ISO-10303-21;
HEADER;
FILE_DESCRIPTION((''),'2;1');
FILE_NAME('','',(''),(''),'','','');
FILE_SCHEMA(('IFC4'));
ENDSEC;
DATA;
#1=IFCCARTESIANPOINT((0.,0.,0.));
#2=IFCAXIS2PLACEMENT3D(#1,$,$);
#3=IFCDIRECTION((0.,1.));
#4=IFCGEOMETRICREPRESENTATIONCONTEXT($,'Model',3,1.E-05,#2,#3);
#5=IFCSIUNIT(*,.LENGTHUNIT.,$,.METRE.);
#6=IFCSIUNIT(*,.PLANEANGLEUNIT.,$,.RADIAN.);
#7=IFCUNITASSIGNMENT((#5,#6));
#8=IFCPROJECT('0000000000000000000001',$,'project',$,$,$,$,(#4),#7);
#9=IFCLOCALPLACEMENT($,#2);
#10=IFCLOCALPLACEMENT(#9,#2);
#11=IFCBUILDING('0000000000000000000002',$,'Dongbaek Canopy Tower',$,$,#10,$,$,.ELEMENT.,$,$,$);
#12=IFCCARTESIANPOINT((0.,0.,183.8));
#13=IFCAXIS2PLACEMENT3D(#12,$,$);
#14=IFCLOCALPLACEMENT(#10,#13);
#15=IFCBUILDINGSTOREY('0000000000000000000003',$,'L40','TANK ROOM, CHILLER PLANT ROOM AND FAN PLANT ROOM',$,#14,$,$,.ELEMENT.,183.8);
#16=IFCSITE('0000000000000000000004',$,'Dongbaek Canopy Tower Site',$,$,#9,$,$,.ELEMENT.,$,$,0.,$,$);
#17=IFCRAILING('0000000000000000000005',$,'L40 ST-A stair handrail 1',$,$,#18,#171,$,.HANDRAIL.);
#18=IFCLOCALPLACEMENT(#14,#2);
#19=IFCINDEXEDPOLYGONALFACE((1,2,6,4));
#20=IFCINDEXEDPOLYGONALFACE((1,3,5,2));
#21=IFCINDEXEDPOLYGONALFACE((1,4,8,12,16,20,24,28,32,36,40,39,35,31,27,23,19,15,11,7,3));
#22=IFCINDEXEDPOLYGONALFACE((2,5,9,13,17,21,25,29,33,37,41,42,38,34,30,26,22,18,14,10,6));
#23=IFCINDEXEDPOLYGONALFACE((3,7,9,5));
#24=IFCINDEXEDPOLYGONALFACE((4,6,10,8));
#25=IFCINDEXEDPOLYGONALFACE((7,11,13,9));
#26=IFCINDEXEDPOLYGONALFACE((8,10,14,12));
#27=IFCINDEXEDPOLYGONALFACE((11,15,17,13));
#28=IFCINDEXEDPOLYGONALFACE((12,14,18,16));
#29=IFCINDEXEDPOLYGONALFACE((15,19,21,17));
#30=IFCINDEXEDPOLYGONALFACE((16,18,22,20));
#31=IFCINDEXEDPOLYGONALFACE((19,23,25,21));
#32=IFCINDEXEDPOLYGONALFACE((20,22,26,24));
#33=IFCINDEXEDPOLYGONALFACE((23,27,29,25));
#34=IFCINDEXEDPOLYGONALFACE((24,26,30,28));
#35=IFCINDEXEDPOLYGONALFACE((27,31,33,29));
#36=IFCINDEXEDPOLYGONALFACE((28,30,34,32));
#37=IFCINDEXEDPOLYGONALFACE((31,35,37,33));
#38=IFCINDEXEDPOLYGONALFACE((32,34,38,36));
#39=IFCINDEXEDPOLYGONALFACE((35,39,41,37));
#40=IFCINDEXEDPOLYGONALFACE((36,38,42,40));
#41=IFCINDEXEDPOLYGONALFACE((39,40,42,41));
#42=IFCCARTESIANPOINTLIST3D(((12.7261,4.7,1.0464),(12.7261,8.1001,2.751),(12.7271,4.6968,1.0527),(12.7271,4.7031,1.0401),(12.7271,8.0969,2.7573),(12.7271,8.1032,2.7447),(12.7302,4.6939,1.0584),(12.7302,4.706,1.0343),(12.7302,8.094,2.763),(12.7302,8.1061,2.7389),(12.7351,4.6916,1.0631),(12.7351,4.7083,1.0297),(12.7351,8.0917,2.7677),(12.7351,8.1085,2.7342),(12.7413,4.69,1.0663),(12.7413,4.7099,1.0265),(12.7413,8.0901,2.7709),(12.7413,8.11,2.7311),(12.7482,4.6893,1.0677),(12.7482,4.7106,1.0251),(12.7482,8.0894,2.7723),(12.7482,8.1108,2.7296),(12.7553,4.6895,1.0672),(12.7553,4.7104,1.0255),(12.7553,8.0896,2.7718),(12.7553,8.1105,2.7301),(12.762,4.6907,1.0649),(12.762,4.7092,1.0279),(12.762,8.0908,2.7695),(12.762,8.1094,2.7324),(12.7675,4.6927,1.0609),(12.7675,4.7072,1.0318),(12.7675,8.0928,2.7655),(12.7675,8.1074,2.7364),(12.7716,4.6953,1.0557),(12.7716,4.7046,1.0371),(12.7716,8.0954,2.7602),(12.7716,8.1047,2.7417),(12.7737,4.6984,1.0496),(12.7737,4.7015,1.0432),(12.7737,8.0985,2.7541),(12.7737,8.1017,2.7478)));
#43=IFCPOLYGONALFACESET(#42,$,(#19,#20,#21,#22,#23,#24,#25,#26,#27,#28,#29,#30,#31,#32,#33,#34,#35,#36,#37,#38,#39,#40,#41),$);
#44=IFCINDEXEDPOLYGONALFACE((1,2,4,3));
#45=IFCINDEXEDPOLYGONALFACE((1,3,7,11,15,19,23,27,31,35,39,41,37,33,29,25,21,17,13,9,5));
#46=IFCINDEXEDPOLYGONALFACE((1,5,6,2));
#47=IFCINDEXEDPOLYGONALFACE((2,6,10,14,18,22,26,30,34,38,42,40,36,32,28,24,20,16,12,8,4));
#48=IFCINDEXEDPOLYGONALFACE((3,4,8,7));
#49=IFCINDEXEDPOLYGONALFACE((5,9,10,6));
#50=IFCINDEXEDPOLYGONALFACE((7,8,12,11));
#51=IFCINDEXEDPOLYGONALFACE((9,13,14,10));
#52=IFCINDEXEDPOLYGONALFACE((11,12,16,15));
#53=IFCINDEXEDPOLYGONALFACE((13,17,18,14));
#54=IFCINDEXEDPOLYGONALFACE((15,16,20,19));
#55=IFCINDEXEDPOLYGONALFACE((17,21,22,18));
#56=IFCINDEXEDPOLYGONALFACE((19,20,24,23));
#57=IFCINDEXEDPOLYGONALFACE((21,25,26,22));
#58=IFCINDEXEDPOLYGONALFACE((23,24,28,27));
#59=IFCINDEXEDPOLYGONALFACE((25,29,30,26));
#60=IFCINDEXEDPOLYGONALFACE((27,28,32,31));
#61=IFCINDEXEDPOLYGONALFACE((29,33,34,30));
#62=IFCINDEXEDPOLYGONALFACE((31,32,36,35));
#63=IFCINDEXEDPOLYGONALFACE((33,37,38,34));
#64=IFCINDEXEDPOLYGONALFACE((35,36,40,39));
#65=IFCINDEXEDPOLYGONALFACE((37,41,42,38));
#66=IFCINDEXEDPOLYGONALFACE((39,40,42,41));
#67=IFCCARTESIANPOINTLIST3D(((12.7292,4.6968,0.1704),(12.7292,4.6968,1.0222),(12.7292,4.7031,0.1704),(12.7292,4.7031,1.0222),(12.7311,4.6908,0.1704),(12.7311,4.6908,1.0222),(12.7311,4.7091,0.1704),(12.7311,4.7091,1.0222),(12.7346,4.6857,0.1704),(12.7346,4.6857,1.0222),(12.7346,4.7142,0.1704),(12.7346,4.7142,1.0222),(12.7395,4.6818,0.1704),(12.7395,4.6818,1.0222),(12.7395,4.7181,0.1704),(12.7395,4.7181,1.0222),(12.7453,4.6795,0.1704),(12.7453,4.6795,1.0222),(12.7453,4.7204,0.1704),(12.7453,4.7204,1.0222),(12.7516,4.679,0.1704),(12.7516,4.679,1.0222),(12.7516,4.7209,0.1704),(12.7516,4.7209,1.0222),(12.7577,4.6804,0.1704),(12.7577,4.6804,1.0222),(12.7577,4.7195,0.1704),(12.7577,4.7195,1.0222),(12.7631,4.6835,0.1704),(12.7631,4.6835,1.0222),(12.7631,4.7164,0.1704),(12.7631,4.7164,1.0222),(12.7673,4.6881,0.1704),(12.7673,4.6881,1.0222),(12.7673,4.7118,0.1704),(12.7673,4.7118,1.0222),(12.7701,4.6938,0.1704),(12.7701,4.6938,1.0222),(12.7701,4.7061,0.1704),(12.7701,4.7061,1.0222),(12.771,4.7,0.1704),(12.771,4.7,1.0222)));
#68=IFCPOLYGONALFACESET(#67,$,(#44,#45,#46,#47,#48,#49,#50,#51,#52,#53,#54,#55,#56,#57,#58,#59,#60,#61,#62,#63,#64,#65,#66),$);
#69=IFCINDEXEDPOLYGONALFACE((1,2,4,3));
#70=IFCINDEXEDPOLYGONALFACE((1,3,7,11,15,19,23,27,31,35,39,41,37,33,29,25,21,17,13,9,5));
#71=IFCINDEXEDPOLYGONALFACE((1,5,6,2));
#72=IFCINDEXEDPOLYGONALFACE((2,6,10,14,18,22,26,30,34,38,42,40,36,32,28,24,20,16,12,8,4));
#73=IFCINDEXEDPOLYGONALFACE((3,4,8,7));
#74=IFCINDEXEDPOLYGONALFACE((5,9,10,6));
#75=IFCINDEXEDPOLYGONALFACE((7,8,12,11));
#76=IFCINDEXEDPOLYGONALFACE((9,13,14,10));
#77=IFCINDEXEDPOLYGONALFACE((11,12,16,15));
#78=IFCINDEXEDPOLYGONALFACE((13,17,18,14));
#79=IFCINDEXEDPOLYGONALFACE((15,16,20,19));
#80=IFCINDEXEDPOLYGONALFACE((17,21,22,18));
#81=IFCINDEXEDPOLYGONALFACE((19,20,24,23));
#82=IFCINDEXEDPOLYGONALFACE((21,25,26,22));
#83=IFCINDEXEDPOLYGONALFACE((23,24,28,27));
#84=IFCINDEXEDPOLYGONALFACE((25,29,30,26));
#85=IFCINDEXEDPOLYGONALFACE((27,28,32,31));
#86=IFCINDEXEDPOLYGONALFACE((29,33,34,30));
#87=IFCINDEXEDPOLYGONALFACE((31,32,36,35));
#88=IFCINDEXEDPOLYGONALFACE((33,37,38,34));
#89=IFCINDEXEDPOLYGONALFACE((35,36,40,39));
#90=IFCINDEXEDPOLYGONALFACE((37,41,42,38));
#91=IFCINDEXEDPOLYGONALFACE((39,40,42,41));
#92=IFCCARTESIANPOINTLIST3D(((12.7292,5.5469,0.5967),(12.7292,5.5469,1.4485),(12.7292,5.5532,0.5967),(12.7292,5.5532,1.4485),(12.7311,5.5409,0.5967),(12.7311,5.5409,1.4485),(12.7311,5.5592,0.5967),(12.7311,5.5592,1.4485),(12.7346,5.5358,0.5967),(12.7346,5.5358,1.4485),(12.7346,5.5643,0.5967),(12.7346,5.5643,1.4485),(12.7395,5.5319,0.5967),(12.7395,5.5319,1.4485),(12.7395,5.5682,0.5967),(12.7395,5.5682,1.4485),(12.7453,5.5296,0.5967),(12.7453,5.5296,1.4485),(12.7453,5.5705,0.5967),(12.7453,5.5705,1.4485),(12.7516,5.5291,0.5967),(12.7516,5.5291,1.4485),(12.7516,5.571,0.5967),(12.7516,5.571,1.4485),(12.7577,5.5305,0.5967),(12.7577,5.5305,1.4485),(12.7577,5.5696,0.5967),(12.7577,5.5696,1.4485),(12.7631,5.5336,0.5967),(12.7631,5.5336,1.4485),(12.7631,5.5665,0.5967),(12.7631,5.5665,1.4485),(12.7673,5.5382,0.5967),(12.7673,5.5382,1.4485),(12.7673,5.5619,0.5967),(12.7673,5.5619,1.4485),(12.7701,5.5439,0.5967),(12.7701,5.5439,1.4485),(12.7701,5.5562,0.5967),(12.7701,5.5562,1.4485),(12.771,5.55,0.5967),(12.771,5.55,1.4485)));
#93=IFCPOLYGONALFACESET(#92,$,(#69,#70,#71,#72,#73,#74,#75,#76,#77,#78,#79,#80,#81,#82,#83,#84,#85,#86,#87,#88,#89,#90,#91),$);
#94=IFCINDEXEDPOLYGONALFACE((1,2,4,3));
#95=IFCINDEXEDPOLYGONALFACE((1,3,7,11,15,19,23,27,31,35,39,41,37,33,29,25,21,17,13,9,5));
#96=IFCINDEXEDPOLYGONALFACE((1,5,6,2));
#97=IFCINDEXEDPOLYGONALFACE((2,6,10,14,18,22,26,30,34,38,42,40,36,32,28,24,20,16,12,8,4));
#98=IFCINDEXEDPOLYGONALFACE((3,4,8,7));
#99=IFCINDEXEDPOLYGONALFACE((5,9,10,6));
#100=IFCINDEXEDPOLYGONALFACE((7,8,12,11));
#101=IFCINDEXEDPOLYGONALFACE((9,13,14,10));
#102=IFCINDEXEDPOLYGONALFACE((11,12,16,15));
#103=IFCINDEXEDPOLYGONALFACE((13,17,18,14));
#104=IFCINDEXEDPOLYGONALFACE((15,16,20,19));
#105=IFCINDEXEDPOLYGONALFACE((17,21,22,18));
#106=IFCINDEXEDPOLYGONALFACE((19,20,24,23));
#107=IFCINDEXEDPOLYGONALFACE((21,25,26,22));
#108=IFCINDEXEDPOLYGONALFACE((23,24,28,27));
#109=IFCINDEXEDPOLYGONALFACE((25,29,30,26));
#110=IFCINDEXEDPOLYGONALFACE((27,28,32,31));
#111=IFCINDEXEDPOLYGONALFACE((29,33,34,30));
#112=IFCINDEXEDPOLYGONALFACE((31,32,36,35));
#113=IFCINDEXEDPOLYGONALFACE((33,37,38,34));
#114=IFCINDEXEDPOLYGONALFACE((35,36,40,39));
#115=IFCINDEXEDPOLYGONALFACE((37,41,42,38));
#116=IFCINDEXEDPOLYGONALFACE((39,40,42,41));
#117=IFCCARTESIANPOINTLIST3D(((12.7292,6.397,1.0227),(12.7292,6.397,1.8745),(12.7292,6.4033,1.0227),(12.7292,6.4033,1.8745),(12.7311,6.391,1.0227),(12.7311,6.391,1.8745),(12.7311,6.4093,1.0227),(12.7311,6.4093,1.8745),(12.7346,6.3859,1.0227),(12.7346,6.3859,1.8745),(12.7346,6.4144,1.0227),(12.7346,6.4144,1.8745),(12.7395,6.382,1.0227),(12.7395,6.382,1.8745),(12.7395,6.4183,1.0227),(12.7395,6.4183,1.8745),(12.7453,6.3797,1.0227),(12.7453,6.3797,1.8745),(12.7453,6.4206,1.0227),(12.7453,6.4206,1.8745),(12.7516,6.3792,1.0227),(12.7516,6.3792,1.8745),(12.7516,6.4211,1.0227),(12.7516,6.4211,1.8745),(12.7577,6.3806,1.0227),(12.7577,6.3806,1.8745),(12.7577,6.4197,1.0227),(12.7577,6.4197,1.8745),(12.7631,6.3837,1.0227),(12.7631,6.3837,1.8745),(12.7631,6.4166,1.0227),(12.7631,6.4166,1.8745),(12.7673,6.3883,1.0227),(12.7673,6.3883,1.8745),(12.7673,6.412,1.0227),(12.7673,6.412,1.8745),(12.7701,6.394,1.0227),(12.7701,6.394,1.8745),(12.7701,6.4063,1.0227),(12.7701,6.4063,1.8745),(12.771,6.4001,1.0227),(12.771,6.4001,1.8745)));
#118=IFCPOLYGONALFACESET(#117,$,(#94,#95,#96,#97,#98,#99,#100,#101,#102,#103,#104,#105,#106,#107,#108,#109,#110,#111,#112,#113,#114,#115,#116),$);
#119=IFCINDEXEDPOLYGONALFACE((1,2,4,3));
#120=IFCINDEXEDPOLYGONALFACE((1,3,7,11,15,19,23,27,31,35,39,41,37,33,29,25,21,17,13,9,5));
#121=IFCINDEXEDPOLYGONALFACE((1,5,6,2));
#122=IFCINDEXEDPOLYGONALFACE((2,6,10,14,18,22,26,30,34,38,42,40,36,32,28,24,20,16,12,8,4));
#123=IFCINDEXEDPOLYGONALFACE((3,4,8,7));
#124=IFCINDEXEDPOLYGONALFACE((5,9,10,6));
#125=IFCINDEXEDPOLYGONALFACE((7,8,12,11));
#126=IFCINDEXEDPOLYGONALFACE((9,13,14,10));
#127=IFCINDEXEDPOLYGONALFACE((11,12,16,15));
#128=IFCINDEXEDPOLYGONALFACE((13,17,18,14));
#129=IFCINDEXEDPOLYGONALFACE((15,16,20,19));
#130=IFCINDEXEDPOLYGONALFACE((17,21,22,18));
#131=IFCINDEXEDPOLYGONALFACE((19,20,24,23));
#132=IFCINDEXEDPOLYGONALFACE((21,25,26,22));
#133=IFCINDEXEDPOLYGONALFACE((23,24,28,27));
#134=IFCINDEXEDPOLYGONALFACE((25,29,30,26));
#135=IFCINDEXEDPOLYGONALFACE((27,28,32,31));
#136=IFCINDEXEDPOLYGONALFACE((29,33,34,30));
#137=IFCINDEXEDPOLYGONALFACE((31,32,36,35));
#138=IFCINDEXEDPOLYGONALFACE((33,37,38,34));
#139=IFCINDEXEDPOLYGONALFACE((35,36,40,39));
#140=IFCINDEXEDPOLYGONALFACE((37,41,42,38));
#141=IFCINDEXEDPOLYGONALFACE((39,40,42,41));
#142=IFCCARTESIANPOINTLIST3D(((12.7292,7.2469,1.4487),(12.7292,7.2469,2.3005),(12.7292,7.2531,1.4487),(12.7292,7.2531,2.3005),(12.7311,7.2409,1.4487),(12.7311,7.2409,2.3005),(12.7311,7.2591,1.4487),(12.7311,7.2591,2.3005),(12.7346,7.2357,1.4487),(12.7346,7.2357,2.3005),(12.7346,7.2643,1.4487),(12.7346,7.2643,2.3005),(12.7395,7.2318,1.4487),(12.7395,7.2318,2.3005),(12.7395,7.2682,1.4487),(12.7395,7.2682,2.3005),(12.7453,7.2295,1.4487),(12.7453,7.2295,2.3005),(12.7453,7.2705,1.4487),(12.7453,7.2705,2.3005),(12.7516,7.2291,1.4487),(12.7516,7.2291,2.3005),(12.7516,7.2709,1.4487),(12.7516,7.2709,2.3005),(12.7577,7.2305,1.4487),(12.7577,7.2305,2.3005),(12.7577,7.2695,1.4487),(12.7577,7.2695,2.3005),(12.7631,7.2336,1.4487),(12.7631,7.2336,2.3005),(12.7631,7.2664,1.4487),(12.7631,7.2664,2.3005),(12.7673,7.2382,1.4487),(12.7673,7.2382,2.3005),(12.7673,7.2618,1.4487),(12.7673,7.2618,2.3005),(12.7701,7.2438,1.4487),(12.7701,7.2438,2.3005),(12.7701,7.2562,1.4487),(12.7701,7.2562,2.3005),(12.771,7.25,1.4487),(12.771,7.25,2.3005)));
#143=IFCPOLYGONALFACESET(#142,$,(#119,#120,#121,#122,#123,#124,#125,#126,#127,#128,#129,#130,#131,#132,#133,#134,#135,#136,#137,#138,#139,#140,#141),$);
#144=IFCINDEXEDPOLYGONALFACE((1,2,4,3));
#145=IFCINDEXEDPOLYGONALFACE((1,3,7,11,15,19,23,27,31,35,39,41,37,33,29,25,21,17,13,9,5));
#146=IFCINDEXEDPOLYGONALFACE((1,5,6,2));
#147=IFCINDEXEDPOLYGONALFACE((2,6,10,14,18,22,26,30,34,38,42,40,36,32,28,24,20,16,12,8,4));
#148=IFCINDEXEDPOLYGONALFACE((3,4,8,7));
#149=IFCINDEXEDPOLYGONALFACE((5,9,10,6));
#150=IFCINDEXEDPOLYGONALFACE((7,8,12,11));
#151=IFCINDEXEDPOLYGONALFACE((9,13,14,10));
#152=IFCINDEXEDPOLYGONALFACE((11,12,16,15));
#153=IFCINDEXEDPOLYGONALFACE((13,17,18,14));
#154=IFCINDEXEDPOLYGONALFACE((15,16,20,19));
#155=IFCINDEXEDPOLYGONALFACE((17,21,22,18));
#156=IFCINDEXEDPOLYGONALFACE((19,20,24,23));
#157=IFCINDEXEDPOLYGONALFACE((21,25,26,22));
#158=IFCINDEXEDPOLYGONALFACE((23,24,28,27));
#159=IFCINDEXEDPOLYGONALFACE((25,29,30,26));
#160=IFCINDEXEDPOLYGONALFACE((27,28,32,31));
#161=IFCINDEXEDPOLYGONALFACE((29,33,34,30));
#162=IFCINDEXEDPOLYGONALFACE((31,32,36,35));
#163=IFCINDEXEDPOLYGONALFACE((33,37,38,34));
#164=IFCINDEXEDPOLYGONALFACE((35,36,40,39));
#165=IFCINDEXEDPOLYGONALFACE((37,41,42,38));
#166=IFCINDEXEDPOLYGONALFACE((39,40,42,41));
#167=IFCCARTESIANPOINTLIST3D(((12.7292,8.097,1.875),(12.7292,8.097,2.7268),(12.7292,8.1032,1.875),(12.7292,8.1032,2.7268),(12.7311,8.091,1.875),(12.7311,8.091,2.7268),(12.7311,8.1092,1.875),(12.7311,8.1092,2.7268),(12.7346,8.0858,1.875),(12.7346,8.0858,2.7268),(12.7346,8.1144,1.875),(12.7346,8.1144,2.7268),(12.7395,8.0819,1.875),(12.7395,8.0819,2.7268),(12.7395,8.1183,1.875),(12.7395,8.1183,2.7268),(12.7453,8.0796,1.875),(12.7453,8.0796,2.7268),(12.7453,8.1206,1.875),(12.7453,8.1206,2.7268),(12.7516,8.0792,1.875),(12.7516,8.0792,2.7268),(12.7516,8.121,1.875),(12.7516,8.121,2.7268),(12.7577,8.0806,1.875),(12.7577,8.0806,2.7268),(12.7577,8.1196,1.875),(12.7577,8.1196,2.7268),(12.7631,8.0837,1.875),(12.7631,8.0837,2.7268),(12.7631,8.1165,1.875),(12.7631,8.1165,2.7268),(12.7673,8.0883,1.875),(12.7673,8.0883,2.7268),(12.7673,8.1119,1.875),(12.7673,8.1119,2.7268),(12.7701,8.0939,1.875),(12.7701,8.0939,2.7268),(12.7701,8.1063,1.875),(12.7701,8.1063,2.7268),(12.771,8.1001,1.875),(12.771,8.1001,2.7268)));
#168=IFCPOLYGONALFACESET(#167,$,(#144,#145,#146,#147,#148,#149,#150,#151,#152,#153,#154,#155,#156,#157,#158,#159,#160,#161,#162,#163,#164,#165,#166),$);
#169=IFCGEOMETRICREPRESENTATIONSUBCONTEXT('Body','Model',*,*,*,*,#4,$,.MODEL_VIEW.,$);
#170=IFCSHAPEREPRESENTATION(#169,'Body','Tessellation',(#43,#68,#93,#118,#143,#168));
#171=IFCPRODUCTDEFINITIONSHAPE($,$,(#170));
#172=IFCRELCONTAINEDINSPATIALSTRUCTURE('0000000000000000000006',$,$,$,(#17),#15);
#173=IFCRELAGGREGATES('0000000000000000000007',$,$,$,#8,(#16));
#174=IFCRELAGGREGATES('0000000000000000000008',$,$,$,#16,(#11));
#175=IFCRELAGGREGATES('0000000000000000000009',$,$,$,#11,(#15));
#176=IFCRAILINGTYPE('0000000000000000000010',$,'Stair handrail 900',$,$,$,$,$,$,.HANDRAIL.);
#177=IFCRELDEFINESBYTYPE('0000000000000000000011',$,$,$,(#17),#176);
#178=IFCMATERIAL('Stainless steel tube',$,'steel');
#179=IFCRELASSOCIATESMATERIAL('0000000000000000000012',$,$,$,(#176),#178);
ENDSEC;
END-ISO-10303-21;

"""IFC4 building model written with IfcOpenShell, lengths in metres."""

from ifc_helpers import new_model, si_unit, direction, frame, origin, origin_2d, place, context, subcontext, project, spatial, circle, extrude, material, type_object, element, save


model = new_model("IFC4")

# Units and contexts
model_context = context("Model", 3, precision=1e-05, world=origin(), true_north=direction((0.0, 1.0)))
body_context = subcontext(model_context, "Body", "Model", "MODEL_VIEW")
ifc_project = project(units=[si_unit("LENGTHUNIT", "METRE"), si_unit("PLANEANGLEUNIT", "RADIAN")], contexts=[model_context])

# Site, building, storey
site_placement = place(None, origin())
site = spatial("IfcSite", under=ifc_project, at=site_placement, Name="Dongbaek Canopy Tower Site", CompositionType="ELEMENT", RefElevation=0.0)
building_placement = place(site_placement, origin())
building = spatial("IfcBuilding", under=site, at=building_placement, Name="Dongbaek Canopy Tower", CompositionType="ELEMENT")
storey_placement = place(building_placement, frame((0.0, 0.0, 183.8)))
storey = spatial("IfcBuildingStorey", under=building, at=storey_placement, Name="L40", Description="TANK ROOM, CHILLER PLANT ROOM AND FAN PLANT ROOM", CompositionType="ELEMENT", Elevation=183.8)

# Railing
ifc_material_1 = material(Name="Stainless steel tube", Category="steel")
railing_type_1 = type_object("IfcRailingType", Name="Stair handrail 900", PredefinedType="HANDRAIL", material=ifc_material_1)
for number, where, name in (
    (1, (12.75, 4.7, 0.1704), "L40 ST-A stair handrail 1"),
):
    element("IfcRailing", number, at=place(storey_placement, frame(where)), inside=storey, type_object=railing_type_1, Name=name, PredefinedType="HANDRAIL", context=body_context, shape_type="SweptSolid", body=[
        extrude(circle(Radius=0.0239, at=origin_2d()), frame((0.0, 0.0, 0.876), z_axis=(0.0, 0.893952, 0.448163), x_axis=(-1.0, 0.0, 0.0)), (0.0, 0.0, 1.0), 3.8035),
        extrude(circle(Radius=0.021, at=origin_2d()), origin(), (0.0, 0.0, 1.0), 0.8518),
        extrude(circle(Radius=0.021, at=origin_2d()), frame((0.0, 0.8501, 0.4263)), (0.0, 0.0, 1.0), 0.8518),
        extrude(circle(Radius=0.021, at=origin_2d()), frame((0.0, 1.7002, 0.8523)), (0.0, 0.0, 1.0), 0.8518),
        extrude(circle(Radius=0.021, at=origin_2d()), frame((0.0, 2.55, 1.2783)), (0.0, 0.0, 1.0), 0.8518),
        extrude(circle(Radius=0.021, at=origin_2d()), frame((0.0, 3.4001, 1.7046)), (0.0, 0.0, 1.0), 0.8518),
    ])

save(model, "model.ifc")
